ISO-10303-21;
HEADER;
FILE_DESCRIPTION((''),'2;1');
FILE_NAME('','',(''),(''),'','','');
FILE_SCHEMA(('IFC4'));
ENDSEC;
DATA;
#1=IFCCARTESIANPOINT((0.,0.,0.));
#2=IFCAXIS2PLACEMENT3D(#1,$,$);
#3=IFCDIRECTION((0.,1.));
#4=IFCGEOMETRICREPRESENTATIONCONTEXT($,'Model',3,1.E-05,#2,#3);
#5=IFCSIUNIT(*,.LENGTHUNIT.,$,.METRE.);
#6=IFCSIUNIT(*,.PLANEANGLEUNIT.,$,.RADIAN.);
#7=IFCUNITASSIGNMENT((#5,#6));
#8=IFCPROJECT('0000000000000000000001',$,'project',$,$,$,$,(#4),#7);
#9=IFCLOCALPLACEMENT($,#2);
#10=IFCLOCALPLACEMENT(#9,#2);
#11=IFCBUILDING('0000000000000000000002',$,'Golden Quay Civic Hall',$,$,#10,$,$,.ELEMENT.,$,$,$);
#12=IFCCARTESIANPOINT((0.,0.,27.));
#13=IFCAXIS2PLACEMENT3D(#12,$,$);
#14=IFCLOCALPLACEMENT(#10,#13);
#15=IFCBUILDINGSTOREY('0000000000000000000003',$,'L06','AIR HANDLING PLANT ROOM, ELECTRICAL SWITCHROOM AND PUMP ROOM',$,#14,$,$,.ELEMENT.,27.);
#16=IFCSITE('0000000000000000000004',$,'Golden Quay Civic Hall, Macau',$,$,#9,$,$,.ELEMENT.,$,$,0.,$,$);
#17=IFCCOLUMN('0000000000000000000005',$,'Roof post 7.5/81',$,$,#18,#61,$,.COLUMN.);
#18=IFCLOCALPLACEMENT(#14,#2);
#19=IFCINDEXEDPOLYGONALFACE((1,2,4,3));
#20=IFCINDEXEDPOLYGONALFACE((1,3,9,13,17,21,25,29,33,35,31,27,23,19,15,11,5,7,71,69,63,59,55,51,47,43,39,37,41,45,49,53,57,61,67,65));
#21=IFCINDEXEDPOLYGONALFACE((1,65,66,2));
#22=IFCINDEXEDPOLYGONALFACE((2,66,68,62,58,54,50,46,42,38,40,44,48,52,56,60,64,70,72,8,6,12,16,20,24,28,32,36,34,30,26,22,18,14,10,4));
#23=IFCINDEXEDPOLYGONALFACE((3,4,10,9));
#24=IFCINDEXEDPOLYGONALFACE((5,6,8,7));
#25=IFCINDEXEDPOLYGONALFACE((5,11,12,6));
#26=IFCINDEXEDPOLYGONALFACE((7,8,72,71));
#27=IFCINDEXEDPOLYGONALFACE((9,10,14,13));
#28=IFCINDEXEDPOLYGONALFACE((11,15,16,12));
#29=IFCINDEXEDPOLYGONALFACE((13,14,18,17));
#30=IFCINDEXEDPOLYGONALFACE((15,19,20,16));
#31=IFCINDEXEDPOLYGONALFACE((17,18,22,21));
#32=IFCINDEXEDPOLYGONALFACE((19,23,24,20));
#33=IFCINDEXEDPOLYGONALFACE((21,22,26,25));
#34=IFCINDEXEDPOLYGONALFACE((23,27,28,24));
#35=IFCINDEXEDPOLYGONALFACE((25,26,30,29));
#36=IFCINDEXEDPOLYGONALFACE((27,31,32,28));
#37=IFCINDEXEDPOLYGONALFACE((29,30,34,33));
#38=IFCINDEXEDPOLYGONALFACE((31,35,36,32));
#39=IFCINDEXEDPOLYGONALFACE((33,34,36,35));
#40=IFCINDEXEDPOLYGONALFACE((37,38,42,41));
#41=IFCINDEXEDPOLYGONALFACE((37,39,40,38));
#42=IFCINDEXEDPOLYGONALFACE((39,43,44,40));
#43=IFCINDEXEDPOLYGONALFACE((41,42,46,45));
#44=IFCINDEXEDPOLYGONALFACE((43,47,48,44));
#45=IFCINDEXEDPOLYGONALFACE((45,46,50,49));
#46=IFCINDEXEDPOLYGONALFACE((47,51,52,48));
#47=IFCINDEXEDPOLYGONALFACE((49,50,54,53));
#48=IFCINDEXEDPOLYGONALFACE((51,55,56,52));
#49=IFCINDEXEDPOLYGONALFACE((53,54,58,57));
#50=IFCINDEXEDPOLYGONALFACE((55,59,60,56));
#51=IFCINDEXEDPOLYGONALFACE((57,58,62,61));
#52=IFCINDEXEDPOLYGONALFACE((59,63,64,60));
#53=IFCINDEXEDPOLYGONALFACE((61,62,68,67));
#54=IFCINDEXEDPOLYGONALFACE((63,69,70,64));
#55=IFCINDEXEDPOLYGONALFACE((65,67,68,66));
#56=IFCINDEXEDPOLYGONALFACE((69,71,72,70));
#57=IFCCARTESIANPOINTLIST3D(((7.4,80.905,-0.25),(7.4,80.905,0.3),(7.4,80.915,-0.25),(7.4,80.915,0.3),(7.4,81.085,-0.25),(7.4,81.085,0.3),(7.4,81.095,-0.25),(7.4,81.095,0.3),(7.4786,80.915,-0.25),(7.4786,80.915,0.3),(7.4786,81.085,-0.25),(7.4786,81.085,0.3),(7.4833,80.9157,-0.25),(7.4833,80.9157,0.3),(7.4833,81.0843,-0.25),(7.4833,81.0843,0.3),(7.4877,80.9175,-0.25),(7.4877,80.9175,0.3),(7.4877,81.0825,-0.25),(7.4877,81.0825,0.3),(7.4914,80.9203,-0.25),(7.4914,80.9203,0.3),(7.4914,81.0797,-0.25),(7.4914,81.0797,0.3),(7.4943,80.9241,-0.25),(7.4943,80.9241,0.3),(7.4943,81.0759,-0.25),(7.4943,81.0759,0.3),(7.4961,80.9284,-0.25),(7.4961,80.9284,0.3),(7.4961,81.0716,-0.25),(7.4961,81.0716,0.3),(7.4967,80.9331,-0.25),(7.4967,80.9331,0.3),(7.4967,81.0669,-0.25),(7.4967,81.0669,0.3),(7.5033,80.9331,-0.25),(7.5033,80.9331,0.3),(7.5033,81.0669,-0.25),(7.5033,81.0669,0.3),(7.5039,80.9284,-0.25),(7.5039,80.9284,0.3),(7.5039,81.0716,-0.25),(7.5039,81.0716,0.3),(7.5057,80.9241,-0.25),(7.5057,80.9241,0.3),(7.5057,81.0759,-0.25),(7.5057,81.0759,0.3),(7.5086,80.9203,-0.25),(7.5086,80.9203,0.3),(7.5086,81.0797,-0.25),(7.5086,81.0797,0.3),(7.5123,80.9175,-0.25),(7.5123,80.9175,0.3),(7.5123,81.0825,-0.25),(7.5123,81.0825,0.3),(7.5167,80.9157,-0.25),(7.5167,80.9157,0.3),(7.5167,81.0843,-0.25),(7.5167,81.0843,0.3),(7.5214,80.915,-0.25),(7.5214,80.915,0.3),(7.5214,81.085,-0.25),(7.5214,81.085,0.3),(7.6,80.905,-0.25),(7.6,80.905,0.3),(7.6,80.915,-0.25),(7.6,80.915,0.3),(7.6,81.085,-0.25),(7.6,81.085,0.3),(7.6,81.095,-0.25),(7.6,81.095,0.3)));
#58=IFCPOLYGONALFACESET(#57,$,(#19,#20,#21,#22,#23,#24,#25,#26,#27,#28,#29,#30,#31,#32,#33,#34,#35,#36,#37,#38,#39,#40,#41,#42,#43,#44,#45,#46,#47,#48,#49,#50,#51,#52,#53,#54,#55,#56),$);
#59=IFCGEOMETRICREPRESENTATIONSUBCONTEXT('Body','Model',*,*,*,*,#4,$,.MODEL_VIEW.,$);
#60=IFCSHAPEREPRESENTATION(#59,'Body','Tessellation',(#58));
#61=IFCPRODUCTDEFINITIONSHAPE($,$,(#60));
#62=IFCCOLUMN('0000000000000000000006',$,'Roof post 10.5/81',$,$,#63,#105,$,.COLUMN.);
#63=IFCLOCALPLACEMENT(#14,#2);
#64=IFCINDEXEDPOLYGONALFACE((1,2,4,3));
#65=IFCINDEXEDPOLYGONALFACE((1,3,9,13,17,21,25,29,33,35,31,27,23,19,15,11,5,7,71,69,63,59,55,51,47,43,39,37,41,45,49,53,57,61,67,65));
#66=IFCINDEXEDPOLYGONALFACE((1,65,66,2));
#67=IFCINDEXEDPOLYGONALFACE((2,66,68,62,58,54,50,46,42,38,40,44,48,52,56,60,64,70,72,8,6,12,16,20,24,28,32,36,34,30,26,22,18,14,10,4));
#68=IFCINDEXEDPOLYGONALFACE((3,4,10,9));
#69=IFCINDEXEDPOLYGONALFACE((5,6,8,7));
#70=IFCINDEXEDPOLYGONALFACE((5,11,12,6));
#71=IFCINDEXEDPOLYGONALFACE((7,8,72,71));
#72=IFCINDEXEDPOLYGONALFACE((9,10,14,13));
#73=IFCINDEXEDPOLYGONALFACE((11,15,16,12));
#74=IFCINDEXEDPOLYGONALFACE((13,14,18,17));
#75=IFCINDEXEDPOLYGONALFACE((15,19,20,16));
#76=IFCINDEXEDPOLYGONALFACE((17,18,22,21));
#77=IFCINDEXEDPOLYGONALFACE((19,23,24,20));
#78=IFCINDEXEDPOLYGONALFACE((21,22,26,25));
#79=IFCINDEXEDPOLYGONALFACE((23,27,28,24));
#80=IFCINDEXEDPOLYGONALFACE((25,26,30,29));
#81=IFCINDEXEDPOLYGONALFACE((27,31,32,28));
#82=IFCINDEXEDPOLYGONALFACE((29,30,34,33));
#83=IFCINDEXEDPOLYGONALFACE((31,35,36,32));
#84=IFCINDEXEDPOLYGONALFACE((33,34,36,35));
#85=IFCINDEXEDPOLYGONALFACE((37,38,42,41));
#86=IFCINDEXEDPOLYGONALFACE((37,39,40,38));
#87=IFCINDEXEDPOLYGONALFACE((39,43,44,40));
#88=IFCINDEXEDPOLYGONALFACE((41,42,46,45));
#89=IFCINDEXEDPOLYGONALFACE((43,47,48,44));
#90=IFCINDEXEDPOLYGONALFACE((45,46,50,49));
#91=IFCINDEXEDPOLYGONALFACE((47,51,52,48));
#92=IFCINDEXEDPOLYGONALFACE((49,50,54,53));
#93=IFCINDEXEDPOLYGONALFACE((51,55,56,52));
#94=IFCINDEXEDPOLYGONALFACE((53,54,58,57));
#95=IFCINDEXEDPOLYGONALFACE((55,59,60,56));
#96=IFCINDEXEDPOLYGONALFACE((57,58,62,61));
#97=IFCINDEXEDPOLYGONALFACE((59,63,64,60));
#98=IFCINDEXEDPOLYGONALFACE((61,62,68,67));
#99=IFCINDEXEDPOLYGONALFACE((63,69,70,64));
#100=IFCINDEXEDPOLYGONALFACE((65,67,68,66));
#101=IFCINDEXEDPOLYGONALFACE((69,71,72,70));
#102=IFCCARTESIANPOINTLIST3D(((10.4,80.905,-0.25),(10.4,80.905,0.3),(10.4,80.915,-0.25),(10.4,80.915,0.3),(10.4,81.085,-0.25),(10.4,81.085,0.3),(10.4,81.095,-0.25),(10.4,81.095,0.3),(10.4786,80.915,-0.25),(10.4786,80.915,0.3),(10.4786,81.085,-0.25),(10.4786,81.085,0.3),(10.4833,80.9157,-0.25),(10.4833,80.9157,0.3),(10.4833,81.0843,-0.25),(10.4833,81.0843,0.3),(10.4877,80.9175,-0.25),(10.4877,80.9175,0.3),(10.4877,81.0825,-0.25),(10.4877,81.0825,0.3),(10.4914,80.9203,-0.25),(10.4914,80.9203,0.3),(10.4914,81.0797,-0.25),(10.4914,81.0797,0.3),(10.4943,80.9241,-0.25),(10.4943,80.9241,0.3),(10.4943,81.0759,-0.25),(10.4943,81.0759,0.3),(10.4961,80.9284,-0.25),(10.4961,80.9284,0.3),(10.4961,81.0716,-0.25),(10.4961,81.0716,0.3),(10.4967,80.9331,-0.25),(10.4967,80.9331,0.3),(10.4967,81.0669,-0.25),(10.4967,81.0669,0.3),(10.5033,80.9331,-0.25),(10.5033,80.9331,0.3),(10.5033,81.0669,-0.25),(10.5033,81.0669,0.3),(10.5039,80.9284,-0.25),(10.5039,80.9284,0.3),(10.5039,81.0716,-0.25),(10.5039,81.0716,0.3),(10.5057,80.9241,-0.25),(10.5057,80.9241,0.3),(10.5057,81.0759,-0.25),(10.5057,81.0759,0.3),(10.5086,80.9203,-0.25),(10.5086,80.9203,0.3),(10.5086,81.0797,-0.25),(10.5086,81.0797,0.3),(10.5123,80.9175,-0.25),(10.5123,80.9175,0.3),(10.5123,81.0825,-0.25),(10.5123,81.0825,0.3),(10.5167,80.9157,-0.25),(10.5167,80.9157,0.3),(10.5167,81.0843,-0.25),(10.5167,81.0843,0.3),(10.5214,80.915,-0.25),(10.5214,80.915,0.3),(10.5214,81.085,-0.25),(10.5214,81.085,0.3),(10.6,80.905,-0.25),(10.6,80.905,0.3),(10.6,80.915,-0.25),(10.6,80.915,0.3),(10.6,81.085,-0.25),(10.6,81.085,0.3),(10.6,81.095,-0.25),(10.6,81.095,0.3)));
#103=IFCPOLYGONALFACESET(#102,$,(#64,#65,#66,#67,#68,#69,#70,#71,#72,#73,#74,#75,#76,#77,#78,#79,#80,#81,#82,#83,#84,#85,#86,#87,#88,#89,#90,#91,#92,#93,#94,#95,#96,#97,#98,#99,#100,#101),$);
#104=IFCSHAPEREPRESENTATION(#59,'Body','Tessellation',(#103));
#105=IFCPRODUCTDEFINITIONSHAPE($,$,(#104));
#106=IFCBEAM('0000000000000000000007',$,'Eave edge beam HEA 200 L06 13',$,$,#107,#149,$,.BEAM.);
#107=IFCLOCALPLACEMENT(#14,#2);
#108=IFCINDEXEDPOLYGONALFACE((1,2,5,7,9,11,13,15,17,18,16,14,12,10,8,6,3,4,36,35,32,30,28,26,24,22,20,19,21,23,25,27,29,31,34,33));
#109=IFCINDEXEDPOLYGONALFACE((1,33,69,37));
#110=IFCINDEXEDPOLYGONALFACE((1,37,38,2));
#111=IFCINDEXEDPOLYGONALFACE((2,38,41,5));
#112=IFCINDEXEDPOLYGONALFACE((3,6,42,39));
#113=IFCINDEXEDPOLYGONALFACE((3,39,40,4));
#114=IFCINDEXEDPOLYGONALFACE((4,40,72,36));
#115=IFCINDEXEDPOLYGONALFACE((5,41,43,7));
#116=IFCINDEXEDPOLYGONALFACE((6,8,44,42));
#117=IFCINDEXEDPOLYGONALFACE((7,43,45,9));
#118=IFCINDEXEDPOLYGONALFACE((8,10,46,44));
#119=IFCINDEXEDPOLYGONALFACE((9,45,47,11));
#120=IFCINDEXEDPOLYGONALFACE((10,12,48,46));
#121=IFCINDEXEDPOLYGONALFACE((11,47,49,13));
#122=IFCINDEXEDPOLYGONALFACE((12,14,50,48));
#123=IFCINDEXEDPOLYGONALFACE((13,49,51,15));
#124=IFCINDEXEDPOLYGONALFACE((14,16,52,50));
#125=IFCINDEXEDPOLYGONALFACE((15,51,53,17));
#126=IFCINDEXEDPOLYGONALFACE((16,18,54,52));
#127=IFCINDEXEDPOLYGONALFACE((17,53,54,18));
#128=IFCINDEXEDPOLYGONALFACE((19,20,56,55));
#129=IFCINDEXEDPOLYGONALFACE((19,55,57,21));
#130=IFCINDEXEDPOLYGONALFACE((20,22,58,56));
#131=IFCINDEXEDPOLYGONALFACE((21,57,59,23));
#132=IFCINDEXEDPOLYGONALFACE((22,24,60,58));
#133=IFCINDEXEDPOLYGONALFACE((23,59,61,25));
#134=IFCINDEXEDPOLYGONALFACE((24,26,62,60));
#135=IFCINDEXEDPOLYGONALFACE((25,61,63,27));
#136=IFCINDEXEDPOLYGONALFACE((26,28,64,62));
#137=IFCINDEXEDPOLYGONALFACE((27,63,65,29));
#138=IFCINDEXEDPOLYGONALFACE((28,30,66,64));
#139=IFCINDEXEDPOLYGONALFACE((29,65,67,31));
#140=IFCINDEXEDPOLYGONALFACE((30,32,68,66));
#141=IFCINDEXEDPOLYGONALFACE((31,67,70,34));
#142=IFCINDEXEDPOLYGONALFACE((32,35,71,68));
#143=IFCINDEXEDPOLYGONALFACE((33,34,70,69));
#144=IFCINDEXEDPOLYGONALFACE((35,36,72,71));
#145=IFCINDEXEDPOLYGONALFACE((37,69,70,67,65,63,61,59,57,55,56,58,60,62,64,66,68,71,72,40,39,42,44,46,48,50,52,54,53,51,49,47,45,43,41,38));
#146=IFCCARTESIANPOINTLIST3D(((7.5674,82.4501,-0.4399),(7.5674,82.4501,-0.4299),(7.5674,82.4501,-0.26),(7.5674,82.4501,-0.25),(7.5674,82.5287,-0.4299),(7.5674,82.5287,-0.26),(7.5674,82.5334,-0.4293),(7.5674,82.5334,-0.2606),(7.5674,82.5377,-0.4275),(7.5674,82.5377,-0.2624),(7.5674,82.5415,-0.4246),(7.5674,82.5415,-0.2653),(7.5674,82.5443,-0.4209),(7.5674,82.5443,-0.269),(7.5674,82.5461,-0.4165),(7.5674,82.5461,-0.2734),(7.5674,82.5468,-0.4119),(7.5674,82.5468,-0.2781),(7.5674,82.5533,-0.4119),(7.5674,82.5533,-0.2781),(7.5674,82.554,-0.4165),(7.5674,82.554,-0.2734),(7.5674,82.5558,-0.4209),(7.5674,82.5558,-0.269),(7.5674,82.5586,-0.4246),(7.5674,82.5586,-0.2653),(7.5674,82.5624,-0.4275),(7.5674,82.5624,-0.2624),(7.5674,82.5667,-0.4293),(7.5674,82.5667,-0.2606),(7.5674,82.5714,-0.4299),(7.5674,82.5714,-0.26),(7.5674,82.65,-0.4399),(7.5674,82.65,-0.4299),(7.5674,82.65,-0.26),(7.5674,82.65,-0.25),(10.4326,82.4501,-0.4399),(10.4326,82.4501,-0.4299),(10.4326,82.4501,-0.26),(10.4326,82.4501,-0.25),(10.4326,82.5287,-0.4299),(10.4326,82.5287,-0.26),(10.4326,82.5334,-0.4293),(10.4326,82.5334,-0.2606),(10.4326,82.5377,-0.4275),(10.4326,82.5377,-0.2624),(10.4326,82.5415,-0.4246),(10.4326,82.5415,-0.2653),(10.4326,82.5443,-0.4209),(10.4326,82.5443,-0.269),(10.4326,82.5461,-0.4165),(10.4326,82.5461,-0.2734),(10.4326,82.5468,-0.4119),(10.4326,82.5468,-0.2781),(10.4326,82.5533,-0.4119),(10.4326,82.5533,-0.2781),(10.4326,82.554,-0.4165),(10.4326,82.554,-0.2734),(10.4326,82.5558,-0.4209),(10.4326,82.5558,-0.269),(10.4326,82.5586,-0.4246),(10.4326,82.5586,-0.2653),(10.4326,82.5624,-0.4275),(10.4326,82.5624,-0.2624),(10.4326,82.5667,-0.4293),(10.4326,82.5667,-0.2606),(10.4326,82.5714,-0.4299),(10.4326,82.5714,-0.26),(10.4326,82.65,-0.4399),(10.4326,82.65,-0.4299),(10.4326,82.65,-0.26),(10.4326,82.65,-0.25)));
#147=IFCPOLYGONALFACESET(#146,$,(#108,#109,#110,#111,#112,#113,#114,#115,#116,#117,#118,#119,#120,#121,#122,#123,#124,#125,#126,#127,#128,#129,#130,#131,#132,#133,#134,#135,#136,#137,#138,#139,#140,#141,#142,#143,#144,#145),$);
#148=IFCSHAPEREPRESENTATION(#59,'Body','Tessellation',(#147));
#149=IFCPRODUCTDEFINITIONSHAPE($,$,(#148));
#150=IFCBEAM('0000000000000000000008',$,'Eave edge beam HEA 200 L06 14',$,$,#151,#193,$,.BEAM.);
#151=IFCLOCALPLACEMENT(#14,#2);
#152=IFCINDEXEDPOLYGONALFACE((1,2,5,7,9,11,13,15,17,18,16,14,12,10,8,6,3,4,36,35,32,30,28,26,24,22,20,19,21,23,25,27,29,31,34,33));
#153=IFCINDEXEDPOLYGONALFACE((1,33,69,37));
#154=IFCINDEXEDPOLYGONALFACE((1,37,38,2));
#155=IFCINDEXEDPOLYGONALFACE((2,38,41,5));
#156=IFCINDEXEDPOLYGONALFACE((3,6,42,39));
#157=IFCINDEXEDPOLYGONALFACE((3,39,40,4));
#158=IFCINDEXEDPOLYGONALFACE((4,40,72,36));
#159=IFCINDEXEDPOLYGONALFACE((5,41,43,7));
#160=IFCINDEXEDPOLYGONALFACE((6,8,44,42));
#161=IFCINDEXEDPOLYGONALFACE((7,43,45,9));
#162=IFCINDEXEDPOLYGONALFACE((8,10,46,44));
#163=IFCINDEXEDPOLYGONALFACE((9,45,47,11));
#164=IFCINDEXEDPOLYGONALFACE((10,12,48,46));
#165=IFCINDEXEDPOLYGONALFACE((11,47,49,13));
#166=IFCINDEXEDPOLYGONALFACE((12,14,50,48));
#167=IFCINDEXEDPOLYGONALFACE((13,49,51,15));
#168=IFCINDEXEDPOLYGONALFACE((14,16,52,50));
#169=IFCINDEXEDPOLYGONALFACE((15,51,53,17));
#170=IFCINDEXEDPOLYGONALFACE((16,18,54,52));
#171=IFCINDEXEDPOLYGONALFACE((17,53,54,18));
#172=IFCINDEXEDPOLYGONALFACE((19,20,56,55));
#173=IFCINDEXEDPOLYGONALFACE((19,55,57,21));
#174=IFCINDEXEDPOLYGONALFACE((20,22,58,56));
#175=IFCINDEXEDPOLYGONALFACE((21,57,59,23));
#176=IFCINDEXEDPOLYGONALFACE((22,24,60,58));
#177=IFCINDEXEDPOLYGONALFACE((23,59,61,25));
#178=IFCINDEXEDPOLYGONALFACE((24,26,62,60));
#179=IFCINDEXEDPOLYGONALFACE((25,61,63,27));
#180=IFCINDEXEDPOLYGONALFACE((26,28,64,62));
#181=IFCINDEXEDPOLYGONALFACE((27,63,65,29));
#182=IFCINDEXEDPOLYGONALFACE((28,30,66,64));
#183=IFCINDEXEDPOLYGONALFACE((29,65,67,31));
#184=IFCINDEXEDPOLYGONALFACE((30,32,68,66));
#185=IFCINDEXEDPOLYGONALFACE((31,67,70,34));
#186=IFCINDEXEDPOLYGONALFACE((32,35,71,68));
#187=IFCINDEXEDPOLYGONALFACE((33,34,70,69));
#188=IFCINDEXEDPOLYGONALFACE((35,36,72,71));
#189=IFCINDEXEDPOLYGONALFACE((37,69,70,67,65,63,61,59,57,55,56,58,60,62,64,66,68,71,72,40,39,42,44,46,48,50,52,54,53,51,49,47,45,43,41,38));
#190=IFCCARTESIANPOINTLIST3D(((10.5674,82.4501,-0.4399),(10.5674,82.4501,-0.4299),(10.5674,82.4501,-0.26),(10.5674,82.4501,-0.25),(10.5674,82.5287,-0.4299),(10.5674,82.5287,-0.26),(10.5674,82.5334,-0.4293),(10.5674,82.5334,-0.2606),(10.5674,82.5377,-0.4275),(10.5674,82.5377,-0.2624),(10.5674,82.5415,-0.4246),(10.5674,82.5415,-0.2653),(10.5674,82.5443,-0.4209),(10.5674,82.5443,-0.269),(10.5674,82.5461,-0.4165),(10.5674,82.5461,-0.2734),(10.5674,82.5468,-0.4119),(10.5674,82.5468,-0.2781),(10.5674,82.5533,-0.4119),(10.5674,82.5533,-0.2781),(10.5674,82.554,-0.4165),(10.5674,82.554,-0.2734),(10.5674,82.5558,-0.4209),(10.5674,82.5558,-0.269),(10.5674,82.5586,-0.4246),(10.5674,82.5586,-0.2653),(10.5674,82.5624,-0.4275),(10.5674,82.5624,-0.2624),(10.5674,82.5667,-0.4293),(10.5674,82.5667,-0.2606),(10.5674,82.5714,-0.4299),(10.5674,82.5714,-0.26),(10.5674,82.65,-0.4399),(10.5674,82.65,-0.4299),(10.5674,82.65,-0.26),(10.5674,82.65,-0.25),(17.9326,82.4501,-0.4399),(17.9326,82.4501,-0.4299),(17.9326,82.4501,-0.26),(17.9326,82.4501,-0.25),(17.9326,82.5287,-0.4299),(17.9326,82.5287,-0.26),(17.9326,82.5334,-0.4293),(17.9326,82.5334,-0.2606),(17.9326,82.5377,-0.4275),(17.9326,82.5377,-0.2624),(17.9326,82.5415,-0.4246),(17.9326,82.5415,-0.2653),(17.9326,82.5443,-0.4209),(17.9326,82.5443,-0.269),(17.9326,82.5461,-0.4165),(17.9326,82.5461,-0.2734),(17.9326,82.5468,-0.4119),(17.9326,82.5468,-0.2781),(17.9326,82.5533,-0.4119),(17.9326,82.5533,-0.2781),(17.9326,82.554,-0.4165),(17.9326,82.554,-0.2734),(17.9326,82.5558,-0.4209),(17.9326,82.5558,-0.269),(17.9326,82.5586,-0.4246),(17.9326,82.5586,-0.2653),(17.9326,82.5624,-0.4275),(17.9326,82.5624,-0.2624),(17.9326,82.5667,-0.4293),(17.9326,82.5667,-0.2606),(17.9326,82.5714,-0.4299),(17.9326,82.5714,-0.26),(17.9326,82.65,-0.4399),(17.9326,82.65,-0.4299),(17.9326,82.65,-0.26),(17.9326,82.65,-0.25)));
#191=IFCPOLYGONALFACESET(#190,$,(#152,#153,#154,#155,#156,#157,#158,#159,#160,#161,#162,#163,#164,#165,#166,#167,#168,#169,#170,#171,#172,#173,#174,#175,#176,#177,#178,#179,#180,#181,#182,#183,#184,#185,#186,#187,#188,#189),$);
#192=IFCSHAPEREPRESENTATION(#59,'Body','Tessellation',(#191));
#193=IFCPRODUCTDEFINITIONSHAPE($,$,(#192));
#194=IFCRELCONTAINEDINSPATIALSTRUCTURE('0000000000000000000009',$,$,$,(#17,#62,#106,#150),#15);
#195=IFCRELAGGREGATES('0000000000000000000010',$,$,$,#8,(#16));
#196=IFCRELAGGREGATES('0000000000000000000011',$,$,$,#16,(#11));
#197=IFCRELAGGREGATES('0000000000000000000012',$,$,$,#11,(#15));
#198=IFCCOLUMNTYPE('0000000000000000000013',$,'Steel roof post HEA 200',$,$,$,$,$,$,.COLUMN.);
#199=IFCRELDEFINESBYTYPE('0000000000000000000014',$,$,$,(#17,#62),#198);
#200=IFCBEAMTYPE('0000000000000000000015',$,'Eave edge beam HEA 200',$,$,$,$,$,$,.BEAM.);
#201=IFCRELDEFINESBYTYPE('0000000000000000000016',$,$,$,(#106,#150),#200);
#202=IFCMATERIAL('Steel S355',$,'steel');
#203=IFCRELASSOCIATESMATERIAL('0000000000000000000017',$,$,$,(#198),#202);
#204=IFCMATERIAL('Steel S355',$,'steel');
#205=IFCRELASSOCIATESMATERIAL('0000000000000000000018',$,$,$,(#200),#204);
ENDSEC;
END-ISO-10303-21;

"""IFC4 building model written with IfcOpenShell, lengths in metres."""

from ifc_helpers import new_model, si_unit, direction, frame, origin, origin_2d, place, context, subcontext, project, spatial, i_section, extrude, material, material_profile, profile_set, type_object, element, save


model = new_model("IFC4")

# Units and contexts
model_context = context("Model", 3, precision=1e-05, world=origin(), true_north=direction((0.0, 1.0)))
body_context = subcontext(model_context, "Body", "Model", "MODEL_VIEW")
ifc_project = project(units=[si_unit("LENGTHUNIT", "METRE"), si_unit("PLANEANGLEUNIT", "RADIAN")], contexts=[model_context])

# Site, building, storey
site_placement = place(None, origin())
site = spatial("IfcSite", under=ifc_project, at=site_placement, Name="Golden Quay Civic Hall, Macau", CompositionType="ELEMENT", RefElevation=0.0)
building_placement = place(site_placement, origin())
building = spatial("IfcBuilding", under=site, at=building_placement, Name="Golden Quay Civic Hall", CompositionType="ELEMENT")
storey_placement = place(building_placement, frame((0.0, 0.0, 27.0)))
storey = spatial("IfcBuildingStorey", under=building, at=storey_placement, Name="L06", Description="AIR HANDLING PLANT ROOM, ELECTRICAL SWITCHROOM AND PUMP ROOM", CompositionType="ELEMENT", Elevation=27.0)

# Columns
ifc_material_1 = material(Name="Steel S355", Category="steel")
ifc_material_profile_1 = material_profile(ifc_material_1, i_section(OverallWidth=0.2, OverallDepth=0.1899, WebThickness=0.0066, FlangeThickness=0.01, FilletRadius=0.0181, at=origin_2d()), Name="HEA 200")
ifc_profile_set_1 = profile_set([ifc_material_profile_1], Name="Steel S355")
column_type = type_object("IfcColumnType", Name="Steel roof post HEA 200", PredefinedType="COLUMN", material=ifc_profile_set_1)
for number, where, z_axis, x_axis, name in (
    (1, (7.5, 81.0, -0.25), (0.0, 0.0, 1.0), (1.0, 0.0, 0.0), "Roof post 7.5/81"),
    (2, (10.5, 81.0, -0.25), (0.0, 0.0, 1.0), (1.0, 0.0, 0.0), "Roof post 10.5/81"),
):
    element("IfcColumn", number, at=place(storey_placement, frame(where, z_axis=z_axis, x_axis=x_axis)), inside=storey, type_object=column_type, Name=name, PredefinedType="COLUMN", context=body_context, shape_type="SweptSolid", body=[
        extrude(i_section(OverallWidth=0.2, OverallDepth=0.1899, WebThickness=0.0066, FlangeThickness=0.01, FilletRadius=0.0181, at=origin_2d()), origin(), (0.0, 0.0, 1.0), 0.55),
    ])

# Beams
ifc_material_2 = material(Name="Steel S355", Category="steel")
ifc_material_profile_2 = material_profile(ifc_material_2, i_section(OverallWidth=0.2, OverallDepth=0.1899, WebThickness=0.0066, FlangeThickness=0.01, FilletRadius=0.0181, at=origin_2d()), Name="HEA 200")
ifc_profile_set_2 = profile_set([ifc_material_profile_2], Name="Steel S355")
beam_type_1 = type_object("IfcBeamType", Name="Eave edge beam HEA 200", PredefinedType="BEAM", material=ifc_profile_set_2)
beam_1_placement = place(storey_placement, frame((7.5674, 82.55, -0.345), z_axis=(1.0, 0.0, 0.0), x_axis=(0.0, 1.0, 0.0)))
element("IfcBeam", 3, at=beam_1_placement, inside=storey, type_object=beam_type_1, Name="Eave edge beam HEA 200 L06 13", PredefinedType="BEAM", context=body_context, shape_type="SweptSolid", body=[
    extrude(i_section(OverallWidth=0.2, OverallDepth=0.1899, WebThickness=0.0066, FlangeThickness=0.01, FilletRadius=0.0181, at=origin_2d()), origin(), (0.0, 0.0, 1.0), 2.8652),
])
beam_2_placement = place(storey_placement, frame((10.5674, 82.55, -0.345), z_axis=(1.0, 0.0, 0.0), x_axis=(0.0, 1.0, 0.0)))
element("IfcBeam", 4, at=beam_2_placement, inside=storey, type_object=beam_type_1, Name="Eave edge beam HEA 200 L06 14", PredefinedType="BEAM", context=body_context, shape_type="SweptSolid", body=[
    extrude(i_section(OverallWidth=0.2, OverallDepth=0.1899, WebThickness=0.0066, FlangeThickness=0.01, FilletRadius=0.0181, at=origin_2d()), origin(), (0.0, 0.0, 1.0), 7.3652),
])

save(model, "model.ifc")
